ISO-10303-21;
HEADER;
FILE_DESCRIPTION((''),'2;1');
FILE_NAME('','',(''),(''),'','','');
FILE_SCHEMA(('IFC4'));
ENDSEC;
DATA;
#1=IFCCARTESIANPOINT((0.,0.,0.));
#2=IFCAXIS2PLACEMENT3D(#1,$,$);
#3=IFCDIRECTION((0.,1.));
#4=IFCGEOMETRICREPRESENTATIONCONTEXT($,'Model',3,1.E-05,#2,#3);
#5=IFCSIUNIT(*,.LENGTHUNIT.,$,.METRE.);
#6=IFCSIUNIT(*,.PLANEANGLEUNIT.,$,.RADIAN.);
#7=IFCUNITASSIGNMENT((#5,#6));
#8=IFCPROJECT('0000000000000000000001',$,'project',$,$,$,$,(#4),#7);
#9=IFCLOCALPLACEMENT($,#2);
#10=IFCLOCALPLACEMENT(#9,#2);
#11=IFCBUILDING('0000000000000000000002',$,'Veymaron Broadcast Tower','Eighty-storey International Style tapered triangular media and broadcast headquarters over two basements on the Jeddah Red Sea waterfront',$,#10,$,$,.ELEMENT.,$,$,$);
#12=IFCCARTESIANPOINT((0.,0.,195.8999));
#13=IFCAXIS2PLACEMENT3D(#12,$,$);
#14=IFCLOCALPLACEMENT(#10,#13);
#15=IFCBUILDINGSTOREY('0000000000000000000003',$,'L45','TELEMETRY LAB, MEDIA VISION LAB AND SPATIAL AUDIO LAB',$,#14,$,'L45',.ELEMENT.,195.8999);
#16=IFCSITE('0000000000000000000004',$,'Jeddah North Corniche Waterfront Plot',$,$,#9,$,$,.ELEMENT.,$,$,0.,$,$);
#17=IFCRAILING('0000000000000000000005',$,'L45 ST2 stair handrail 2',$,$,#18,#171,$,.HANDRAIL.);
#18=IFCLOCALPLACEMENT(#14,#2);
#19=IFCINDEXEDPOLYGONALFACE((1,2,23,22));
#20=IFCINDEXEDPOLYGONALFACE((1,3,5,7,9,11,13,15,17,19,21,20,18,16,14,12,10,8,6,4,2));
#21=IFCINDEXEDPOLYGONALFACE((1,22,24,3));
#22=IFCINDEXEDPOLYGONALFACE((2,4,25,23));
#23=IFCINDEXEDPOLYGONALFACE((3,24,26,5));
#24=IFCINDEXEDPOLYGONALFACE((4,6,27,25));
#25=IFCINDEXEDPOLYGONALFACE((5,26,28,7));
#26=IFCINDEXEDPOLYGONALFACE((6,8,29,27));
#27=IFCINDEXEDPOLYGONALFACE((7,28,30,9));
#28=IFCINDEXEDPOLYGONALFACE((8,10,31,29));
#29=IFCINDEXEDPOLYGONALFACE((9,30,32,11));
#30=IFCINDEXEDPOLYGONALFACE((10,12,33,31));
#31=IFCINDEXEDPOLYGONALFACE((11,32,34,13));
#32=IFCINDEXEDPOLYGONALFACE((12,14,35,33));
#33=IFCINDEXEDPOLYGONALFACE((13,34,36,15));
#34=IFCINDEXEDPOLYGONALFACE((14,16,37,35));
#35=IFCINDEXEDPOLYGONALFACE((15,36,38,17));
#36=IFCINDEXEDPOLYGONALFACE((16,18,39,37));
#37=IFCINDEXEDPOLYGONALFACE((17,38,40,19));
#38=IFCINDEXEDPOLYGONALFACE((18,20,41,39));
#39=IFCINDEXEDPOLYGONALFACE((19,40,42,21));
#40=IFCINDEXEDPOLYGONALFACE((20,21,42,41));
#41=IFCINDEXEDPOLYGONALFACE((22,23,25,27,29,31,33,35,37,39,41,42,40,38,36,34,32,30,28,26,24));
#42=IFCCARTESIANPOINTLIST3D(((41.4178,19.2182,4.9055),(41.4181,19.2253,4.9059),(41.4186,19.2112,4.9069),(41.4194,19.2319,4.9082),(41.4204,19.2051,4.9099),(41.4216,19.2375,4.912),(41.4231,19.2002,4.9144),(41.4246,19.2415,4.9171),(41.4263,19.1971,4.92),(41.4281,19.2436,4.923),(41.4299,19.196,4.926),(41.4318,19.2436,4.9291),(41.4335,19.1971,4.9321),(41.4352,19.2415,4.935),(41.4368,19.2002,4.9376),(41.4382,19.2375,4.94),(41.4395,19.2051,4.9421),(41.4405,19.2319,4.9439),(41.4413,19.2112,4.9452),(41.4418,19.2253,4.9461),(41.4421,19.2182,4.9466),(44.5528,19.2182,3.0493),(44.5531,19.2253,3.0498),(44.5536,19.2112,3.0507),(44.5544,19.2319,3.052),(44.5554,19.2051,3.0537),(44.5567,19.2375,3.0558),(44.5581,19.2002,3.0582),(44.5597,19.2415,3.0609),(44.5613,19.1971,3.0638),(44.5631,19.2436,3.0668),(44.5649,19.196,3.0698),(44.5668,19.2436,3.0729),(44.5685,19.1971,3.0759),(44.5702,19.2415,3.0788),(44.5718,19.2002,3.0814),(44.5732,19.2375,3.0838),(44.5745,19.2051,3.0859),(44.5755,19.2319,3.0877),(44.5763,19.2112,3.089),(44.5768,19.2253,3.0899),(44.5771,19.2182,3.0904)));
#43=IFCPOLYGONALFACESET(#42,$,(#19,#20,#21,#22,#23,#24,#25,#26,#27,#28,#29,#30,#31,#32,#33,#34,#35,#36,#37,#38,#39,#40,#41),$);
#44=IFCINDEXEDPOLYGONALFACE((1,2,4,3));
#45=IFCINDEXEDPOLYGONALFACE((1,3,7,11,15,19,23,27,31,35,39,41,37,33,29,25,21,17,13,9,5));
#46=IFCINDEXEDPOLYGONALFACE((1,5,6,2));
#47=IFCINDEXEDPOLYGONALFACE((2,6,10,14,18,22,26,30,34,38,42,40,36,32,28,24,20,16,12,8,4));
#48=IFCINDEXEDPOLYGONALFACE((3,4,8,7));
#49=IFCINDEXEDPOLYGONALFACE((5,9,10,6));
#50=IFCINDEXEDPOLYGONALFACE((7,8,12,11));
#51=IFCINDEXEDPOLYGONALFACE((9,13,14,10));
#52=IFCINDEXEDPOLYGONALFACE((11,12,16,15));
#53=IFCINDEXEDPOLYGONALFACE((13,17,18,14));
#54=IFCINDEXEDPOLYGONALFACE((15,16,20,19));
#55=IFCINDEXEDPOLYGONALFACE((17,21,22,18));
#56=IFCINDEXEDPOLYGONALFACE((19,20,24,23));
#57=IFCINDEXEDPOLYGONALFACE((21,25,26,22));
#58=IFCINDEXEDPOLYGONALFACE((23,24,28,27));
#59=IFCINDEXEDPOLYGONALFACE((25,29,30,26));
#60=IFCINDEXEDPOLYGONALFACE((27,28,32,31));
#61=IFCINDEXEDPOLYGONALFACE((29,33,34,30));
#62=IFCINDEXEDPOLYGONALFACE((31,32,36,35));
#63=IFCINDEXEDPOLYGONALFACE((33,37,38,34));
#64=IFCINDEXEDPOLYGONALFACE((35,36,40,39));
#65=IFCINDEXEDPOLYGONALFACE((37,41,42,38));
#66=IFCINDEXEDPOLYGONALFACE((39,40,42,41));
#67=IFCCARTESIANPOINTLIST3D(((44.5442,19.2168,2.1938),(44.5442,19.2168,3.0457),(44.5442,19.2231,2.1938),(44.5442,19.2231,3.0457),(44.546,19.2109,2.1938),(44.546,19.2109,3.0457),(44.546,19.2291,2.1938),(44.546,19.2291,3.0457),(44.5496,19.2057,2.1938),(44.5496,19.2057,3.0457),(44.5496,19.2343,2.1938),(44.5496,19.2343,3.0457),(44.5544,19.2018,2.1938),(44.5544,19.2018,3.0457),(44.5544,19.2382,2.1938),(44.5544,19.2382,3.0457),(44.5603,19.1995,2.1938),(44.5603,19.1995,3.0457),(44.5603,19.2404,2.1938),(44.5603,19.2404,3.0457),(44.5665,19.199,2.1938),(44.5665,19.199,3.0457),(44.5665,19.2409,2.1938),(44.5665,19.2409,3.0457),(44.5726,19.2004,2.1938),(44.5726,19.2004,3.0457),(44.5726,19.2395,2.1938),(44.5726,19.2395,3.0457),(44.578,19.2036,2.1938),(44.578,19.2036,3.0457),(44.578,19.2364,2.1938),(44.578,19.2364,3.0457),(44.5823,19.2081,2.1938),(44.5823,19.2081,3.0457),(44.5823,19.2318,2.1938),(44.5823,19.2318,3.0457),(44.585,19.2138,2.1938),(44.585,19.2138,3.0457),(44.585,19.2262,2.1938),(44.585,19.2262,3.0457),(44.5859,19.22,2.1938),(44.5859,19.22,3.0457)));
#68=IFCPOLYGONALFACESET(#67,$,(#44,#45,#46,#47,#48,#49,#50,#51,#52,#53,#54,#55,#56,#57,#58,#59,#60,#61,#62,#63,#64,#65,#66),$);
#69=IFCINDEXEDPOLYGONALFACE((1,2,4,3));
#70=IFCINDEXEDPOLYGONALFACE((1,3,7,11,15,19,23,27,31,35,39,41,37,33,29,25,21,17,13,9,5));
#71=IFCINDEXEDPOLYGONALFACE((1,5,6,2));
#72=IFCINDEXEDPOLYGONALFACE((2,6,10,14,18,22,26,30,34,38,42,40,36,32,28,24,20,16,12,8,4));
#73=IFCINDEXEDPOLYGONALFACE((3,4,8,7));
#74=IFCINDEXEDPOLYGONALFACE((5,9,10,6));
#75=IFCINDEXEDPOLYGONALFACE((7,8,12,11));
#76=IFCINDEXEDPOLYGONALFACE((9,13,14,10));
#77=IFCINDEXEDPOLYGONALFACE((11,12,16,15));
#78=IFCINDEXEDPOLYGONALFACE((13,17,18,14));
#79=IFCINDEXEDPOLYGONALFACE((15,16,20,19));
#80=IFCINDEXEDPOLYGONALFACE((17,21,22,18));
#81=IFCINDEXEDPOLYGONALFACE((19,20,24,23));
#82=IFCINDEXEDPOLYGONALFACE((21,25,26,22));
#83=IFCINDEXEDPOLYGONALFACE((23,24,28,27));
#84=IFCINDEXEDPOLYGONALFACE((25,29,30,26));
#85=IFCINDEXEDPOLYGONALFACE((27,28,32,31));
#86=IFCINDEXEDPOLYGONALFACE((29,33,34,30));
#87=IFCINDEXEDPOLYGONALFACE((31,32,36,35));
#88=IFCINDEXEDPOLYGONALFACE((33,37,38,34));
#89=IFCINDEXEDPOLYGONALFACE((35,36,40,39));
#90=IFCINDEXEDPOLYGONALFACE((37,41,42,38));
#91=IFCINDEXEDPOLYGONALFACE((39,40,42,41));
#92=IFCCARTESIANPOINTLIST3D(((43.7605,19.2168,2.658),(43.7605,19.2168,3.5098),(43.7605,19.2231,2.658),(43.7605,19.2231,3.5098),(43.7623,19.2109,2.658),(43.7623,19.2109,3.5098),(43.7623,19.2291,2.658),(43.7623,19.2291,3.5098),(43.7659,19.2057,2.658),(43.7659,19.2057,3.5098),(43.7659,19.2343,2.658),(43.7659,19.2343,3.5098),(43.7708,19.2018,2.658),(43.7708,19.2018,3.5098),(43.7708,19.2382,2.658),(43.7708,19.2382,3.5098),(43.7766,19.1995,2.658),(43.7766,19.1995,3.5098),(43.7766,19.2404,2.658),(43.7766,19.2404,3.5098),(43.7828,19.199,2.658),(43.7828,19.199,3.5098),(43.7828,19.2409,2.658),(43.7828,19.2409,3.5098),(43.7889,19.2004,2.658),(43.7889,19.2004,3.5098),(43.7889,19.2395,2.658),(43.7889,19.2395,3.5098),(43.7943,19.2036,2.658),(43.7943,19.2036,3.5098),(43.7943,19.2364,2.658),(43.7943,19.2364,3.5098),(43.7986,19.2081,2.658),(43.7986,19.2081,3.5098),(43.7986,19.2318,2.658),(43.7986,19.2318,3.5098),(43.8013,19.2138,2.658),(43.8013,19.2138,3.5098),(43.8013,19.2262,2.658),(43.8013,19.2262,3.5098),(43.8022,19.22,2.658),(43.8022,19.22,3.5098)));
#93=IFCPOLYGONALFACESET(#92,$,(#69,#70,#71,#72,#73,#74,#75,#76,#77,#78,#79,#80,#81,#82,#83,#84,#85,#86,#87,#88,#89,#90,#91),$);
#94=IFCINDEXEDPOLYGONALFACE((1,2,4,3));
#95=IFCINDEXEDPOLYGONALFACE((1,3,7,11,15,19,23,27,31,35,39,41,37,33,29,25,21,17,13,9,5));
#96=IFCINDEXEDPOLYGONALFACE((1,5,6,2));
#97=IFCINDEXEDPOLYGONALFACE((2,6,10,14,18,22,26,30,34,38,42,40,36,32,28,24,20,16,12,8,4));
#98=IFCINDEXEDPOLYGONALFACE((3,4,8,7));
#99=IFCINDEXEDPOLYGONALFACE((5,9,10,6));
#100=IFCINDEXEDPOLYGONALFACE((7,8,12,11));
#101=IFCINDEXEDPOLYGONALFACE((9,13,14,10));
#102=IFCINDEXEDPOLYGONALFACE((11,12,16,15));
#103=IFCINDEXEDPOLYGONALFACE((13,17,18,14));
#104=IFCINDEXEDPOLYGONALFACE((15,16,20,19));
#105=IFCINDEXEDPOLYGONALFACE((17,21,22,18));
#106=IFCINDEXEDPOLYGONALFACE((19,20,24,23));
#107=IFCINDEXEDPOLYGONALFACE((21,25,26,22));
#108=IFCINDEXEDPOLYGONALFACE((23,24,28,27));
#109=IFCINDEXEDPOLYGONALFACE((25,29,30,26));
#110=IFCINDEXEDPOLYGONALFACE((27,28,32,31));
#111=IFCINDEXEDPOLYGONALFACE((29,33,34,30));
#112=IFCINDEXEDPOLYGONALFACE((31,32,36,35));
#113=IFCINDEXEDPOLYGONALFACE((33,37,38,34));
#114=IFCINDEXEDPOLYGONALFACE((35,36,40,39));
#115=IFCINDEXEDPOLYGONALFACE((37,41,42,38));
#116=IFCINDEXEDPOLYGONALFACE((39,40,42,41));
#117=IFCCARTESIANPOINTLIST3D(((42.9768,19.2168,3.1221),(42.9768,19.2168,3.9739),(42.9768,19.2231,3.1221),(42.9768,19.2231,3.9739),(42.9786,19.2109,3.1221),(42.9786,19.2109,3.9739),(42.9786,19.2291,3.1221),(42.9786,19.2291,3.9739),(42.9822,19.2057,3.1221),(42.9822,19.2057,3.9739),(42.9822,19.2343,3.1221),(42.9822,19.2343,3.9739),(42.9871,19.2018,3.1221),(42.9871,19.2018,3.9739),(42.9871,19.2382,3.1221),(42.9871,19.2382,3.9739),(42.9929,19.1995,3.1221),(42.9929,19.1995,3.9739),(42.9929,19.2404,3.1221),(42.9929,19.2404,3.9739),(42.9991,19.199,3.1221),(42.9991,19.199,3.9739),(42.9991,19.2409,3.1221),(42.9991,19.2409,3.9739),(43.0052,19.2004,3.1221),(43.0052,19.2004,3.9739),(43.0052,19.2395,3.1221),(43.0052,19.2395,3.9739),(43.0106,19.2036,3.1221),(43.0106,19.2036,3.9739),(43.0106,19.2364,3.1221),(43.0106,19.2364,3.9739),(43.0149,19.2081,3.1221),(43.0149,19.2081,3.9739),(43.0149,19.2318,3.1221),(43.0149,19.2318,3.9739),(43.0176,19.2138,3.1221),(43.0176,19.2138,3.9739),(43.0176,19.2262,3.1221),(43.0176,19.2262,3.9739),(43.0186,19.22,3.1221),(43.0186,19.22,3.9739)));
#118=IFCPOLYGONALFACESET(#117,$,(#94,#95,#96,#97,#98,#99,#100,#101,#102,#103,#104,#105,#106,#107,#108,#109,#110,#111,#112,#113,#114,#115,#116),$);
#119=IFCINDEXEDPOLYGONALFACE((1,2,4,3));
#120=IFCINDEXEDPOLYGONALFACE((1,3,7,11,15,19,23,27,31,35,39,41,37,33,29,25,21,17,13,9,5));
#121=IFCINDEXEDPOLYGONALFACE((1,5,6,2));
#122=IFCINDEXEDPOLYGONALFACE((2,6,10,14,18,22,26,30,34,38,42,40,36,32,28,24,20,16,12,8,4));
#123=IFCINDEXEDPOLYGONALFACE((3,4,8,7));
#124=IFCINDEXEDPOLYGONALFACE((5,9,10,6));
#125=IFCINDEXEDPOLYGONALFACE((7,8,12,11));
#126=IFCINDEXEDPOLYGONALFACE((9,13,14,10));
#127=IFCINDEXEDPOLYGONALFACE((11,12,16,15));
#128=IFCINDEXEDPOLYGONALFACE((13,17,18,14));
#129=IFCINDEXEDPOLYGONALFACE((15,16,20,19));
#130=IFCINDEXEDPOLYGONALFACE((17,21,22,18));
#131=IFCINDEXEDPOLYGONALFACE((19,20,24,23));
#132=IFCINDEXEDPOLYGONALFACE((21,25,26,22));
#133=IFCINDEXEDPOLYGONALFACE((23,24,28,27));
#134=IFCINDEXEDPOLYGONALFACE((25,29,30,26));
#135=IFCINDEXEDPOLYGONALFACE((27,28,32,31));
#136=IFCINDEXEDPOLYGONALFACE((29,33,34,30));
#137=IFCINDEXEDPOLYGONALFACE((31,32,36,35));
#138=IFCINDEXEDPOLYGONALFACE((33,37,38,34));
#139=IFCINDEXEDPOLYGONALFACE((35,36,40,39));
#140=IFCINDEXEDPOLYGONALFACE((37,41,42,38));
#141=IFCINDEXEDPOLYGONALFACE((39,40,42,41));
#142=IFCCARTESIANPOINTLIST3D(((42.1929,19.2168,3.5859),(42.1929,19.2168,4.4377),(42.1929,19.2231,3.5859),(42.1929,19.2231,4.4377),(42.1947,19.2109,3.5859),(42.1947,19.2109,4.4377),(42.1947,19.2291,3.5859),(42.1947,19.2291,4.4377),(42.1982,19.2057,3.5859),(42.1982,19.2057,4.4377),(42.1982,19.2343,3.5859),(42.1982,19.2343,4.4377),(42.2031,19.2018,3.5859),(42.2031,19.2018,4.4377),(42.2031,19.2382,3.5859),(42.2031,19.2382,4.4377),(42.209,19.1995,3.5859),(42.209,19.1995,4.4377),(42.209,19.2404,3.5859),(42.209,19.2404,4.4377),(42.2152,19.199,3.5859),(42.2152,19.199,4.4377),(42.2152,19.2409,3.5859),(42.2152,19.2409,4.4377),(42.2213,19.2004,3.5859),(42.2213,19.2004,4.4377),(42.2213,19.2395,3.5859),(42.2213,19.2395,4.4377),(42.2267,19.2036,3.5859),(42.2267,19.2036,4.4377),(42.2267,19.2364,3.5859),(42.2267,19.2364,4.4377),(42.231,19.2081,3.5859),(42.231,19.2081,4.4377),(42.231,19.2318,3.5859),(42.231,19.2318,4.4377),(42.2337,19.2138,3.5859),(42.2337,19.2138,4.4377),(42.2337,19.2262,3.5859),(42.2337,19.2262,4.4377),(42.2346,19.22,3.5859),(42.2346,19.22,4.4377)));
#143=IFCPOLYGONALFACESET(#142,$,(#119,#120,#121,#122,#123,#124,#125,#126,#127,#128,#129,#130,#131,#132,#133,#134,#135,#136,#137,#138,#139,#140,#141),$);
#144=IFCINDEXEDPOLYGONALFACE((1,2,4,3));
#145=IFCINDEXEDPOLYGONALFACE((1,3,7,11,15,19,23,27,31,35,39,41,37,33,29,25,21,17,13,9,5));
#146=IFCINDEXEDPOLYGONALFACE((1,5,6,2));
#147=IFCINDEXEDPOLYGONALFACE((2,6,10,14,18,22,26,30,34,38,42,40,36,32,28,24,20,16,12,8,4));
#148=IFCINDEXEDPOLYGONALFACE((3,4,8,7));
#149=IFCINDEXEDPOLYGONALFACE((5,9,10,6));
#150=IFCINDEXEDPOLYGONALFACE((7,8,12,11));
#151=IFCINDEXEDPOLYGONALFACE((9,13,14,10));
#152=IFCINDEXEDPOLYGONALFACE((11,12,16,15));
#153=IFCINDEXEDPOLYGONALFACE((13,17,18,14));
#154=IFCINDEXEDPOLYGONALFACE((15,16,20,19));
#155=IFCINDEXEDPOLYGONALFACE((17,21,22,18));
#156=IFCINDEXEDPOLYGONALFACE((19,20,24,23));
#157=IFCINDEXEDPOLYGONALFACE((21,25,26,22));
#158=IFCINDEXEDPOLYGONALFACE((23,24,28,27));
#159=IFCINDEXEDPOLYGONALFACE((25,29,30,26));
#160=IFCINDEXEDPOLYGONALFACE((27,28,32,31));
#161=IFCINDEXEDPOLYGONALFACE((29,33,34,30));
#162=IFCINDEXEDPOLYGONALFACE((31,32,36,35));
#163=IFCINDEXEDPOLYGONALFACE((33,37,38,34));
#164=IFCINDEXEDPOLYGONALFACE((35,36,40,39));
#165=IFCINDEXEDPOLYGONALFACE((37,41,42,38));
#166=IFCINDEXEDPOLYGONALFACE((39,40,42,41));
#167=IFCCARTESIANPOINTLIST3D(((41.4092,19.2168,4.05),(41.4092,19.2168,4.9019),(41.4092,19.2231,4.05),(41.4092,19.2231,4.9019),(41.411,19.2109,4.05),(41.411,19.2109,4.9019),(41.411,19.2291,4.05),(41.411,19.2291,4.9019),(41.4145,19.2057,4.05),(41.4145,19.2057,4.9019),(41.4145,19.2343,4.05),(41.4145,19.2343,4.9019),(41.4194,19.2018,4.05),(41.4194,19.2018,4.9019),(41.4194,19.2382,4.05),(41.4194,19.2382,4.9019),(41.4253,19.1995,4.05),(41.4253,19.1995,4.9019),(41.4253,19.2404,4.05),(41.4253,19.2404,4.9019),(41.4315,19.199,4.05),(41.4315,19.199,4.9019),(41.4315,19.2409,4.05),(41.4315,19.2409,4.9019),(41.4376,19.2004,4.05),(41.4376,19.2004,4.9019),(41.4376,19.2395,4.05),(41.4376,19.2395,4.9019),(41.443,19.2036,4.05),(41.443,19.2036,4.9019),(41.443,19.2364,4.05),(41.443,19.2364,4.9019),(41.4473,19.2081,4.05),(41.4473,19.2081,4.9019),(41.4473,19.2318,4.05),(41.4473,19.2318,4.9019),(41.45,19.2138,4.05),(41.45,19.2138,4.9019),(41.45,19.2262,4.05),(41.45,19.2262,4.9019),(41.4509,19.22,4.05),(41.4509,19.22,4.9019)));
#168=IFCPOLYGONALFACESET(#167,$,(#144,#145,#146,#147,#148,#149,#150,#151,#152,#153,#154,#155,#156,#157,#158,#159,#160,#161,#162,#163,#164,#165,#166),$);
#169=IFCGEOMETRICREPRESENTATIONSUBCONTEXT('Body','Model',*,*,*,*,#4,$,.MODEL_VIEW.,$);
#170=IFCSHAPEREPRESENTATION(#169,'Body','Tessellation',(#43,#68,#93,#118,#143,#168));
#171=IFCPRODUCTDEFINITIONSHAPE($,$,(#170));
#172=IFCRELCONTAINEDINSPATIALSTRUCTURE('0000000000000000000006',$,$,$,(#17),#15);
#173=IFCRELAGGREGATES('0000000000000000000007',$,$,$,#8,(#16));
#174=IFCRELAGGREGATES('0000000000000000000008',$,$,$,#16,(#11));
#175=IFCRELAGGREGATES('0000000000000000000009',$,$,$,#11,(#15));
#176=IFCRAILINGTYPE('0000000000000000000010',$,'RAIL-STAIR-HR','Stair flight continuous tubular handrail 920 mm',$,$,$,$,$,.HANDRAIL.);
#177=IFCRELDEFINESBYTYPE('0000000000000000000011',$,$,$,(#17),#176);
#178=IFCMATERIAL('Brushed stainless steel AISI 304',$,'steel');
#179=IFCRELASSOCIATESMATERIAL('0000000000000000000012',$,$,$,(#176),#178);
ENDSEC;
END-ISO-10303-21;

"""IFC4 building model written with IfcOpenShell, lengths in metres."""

from ifc_helpers import new_model, si_unit, direction, frame, origin, origin_2d, place, context, subcontext, project, spatial, circle, extrude, material, type_object, element, save


model = new_model("IFC4")

# Units and contexts
model_context = context("Model", 3, precision=1e-05, world=origin(), true_north=direction((0.0, 1.0)))
body_context = subcontext(model_context, "Body", "Model", "MODEL_VIEW")
ifc_project = project(units=[si_unit("LENGTHUNIT", "METRE"), si_unit("PLANEANGLEUNIT", "RADIAN")], contexts=[model_context])

# Site, building, storey
site_placement = place(None, origin())
site = spatial("IfcSite", under=ifc_project, at=site_placement, Name="Jeddah North Corniche Waterfront Plot", CompositionType="ELEMENT", RefElevation=0.0)
building_placement = place(site_placement, origin())
building = spatial("IfcBuilding", under=site, at=building_placement, Name="Veymaron Broadcast Tower", Description="Eighty-storey International Style tapered triangular media and broadcast headquarters over two basements on the Jeddah Red Sea waterfront", CompositionType="ELEMENT")
storey_placement = place(building_placement, frame((0.0, 0.0, 195.8999)))
storey = spatial("IfcBuildingStorey", under=building, at=storey_placement, Name="L45", Description="TELEMETRY LAB, MEDIA VISION LAB AND SPATIAL AUDIO LAB", LongName="L45", CompositionType="ELEMENT", Elevation=195.8999)

# Railing
ifc_material_1 = material(Name="Brushed stainless steel AISI 304", Category="steel")
railing_type_1 = type_object("IfcRailingType", Name="RAIL-STAIR-HR", Description="Stair flight continuous tubular handrail 920 mm", PredefinedType="HANDRAIL", material=ifc_material_1)
railing_1_placement = place(storey_placement, frame((44.5649, 19.22, 2.1938)))
element("IfcRailing", 1, at=railing_1_placement, inside=storey, type_object=railing_type_1, Name="L45 ST2 stair handrail 2", PredefinedType="HANDRAIL", context=body_context, shape_type="SweptSolid", body=[
    extrude(circle(Radius=0.0239, at=origin_2d()), frame((0.0, 0.0, 0.876), z_axis=(-0.860482, 0.0, 0.509481), x_axis=(0.0, -1.0, 0.0)), (0.0, 0.0, 1.0), 3.6433),
    extrude(circle(Radius=0.021, at=origin_2d()), origin(), (0.0, 0.0, 1.0), 0.8518),
    extrude(circle(Radius=0.021, at=origin_2d()), frame((-0.7837, 0.0, 0.4641)), (0.0, 0.0, 1.0), 0.8518),
    extrude(circle(Radius=0.021, at=origin_2d()), frame((-1.5674, 0.0, 0.9282)), (0.0, 0.0, 1.0), 0.8518),
    extrude(circle(Radius=0.021, at=origin_2d()), frame((-2.3513, 0.0, 1.3921)), (0.0, 0.0, 1.0), 0.8518),
    extrude(circle(Radius=0.021, at=origin_2d()), frame((-3.135, 0.0, 1.8562)), (0.0, 0.0, 1.0), 0.8518),
])

save(model, "model.ifc")
